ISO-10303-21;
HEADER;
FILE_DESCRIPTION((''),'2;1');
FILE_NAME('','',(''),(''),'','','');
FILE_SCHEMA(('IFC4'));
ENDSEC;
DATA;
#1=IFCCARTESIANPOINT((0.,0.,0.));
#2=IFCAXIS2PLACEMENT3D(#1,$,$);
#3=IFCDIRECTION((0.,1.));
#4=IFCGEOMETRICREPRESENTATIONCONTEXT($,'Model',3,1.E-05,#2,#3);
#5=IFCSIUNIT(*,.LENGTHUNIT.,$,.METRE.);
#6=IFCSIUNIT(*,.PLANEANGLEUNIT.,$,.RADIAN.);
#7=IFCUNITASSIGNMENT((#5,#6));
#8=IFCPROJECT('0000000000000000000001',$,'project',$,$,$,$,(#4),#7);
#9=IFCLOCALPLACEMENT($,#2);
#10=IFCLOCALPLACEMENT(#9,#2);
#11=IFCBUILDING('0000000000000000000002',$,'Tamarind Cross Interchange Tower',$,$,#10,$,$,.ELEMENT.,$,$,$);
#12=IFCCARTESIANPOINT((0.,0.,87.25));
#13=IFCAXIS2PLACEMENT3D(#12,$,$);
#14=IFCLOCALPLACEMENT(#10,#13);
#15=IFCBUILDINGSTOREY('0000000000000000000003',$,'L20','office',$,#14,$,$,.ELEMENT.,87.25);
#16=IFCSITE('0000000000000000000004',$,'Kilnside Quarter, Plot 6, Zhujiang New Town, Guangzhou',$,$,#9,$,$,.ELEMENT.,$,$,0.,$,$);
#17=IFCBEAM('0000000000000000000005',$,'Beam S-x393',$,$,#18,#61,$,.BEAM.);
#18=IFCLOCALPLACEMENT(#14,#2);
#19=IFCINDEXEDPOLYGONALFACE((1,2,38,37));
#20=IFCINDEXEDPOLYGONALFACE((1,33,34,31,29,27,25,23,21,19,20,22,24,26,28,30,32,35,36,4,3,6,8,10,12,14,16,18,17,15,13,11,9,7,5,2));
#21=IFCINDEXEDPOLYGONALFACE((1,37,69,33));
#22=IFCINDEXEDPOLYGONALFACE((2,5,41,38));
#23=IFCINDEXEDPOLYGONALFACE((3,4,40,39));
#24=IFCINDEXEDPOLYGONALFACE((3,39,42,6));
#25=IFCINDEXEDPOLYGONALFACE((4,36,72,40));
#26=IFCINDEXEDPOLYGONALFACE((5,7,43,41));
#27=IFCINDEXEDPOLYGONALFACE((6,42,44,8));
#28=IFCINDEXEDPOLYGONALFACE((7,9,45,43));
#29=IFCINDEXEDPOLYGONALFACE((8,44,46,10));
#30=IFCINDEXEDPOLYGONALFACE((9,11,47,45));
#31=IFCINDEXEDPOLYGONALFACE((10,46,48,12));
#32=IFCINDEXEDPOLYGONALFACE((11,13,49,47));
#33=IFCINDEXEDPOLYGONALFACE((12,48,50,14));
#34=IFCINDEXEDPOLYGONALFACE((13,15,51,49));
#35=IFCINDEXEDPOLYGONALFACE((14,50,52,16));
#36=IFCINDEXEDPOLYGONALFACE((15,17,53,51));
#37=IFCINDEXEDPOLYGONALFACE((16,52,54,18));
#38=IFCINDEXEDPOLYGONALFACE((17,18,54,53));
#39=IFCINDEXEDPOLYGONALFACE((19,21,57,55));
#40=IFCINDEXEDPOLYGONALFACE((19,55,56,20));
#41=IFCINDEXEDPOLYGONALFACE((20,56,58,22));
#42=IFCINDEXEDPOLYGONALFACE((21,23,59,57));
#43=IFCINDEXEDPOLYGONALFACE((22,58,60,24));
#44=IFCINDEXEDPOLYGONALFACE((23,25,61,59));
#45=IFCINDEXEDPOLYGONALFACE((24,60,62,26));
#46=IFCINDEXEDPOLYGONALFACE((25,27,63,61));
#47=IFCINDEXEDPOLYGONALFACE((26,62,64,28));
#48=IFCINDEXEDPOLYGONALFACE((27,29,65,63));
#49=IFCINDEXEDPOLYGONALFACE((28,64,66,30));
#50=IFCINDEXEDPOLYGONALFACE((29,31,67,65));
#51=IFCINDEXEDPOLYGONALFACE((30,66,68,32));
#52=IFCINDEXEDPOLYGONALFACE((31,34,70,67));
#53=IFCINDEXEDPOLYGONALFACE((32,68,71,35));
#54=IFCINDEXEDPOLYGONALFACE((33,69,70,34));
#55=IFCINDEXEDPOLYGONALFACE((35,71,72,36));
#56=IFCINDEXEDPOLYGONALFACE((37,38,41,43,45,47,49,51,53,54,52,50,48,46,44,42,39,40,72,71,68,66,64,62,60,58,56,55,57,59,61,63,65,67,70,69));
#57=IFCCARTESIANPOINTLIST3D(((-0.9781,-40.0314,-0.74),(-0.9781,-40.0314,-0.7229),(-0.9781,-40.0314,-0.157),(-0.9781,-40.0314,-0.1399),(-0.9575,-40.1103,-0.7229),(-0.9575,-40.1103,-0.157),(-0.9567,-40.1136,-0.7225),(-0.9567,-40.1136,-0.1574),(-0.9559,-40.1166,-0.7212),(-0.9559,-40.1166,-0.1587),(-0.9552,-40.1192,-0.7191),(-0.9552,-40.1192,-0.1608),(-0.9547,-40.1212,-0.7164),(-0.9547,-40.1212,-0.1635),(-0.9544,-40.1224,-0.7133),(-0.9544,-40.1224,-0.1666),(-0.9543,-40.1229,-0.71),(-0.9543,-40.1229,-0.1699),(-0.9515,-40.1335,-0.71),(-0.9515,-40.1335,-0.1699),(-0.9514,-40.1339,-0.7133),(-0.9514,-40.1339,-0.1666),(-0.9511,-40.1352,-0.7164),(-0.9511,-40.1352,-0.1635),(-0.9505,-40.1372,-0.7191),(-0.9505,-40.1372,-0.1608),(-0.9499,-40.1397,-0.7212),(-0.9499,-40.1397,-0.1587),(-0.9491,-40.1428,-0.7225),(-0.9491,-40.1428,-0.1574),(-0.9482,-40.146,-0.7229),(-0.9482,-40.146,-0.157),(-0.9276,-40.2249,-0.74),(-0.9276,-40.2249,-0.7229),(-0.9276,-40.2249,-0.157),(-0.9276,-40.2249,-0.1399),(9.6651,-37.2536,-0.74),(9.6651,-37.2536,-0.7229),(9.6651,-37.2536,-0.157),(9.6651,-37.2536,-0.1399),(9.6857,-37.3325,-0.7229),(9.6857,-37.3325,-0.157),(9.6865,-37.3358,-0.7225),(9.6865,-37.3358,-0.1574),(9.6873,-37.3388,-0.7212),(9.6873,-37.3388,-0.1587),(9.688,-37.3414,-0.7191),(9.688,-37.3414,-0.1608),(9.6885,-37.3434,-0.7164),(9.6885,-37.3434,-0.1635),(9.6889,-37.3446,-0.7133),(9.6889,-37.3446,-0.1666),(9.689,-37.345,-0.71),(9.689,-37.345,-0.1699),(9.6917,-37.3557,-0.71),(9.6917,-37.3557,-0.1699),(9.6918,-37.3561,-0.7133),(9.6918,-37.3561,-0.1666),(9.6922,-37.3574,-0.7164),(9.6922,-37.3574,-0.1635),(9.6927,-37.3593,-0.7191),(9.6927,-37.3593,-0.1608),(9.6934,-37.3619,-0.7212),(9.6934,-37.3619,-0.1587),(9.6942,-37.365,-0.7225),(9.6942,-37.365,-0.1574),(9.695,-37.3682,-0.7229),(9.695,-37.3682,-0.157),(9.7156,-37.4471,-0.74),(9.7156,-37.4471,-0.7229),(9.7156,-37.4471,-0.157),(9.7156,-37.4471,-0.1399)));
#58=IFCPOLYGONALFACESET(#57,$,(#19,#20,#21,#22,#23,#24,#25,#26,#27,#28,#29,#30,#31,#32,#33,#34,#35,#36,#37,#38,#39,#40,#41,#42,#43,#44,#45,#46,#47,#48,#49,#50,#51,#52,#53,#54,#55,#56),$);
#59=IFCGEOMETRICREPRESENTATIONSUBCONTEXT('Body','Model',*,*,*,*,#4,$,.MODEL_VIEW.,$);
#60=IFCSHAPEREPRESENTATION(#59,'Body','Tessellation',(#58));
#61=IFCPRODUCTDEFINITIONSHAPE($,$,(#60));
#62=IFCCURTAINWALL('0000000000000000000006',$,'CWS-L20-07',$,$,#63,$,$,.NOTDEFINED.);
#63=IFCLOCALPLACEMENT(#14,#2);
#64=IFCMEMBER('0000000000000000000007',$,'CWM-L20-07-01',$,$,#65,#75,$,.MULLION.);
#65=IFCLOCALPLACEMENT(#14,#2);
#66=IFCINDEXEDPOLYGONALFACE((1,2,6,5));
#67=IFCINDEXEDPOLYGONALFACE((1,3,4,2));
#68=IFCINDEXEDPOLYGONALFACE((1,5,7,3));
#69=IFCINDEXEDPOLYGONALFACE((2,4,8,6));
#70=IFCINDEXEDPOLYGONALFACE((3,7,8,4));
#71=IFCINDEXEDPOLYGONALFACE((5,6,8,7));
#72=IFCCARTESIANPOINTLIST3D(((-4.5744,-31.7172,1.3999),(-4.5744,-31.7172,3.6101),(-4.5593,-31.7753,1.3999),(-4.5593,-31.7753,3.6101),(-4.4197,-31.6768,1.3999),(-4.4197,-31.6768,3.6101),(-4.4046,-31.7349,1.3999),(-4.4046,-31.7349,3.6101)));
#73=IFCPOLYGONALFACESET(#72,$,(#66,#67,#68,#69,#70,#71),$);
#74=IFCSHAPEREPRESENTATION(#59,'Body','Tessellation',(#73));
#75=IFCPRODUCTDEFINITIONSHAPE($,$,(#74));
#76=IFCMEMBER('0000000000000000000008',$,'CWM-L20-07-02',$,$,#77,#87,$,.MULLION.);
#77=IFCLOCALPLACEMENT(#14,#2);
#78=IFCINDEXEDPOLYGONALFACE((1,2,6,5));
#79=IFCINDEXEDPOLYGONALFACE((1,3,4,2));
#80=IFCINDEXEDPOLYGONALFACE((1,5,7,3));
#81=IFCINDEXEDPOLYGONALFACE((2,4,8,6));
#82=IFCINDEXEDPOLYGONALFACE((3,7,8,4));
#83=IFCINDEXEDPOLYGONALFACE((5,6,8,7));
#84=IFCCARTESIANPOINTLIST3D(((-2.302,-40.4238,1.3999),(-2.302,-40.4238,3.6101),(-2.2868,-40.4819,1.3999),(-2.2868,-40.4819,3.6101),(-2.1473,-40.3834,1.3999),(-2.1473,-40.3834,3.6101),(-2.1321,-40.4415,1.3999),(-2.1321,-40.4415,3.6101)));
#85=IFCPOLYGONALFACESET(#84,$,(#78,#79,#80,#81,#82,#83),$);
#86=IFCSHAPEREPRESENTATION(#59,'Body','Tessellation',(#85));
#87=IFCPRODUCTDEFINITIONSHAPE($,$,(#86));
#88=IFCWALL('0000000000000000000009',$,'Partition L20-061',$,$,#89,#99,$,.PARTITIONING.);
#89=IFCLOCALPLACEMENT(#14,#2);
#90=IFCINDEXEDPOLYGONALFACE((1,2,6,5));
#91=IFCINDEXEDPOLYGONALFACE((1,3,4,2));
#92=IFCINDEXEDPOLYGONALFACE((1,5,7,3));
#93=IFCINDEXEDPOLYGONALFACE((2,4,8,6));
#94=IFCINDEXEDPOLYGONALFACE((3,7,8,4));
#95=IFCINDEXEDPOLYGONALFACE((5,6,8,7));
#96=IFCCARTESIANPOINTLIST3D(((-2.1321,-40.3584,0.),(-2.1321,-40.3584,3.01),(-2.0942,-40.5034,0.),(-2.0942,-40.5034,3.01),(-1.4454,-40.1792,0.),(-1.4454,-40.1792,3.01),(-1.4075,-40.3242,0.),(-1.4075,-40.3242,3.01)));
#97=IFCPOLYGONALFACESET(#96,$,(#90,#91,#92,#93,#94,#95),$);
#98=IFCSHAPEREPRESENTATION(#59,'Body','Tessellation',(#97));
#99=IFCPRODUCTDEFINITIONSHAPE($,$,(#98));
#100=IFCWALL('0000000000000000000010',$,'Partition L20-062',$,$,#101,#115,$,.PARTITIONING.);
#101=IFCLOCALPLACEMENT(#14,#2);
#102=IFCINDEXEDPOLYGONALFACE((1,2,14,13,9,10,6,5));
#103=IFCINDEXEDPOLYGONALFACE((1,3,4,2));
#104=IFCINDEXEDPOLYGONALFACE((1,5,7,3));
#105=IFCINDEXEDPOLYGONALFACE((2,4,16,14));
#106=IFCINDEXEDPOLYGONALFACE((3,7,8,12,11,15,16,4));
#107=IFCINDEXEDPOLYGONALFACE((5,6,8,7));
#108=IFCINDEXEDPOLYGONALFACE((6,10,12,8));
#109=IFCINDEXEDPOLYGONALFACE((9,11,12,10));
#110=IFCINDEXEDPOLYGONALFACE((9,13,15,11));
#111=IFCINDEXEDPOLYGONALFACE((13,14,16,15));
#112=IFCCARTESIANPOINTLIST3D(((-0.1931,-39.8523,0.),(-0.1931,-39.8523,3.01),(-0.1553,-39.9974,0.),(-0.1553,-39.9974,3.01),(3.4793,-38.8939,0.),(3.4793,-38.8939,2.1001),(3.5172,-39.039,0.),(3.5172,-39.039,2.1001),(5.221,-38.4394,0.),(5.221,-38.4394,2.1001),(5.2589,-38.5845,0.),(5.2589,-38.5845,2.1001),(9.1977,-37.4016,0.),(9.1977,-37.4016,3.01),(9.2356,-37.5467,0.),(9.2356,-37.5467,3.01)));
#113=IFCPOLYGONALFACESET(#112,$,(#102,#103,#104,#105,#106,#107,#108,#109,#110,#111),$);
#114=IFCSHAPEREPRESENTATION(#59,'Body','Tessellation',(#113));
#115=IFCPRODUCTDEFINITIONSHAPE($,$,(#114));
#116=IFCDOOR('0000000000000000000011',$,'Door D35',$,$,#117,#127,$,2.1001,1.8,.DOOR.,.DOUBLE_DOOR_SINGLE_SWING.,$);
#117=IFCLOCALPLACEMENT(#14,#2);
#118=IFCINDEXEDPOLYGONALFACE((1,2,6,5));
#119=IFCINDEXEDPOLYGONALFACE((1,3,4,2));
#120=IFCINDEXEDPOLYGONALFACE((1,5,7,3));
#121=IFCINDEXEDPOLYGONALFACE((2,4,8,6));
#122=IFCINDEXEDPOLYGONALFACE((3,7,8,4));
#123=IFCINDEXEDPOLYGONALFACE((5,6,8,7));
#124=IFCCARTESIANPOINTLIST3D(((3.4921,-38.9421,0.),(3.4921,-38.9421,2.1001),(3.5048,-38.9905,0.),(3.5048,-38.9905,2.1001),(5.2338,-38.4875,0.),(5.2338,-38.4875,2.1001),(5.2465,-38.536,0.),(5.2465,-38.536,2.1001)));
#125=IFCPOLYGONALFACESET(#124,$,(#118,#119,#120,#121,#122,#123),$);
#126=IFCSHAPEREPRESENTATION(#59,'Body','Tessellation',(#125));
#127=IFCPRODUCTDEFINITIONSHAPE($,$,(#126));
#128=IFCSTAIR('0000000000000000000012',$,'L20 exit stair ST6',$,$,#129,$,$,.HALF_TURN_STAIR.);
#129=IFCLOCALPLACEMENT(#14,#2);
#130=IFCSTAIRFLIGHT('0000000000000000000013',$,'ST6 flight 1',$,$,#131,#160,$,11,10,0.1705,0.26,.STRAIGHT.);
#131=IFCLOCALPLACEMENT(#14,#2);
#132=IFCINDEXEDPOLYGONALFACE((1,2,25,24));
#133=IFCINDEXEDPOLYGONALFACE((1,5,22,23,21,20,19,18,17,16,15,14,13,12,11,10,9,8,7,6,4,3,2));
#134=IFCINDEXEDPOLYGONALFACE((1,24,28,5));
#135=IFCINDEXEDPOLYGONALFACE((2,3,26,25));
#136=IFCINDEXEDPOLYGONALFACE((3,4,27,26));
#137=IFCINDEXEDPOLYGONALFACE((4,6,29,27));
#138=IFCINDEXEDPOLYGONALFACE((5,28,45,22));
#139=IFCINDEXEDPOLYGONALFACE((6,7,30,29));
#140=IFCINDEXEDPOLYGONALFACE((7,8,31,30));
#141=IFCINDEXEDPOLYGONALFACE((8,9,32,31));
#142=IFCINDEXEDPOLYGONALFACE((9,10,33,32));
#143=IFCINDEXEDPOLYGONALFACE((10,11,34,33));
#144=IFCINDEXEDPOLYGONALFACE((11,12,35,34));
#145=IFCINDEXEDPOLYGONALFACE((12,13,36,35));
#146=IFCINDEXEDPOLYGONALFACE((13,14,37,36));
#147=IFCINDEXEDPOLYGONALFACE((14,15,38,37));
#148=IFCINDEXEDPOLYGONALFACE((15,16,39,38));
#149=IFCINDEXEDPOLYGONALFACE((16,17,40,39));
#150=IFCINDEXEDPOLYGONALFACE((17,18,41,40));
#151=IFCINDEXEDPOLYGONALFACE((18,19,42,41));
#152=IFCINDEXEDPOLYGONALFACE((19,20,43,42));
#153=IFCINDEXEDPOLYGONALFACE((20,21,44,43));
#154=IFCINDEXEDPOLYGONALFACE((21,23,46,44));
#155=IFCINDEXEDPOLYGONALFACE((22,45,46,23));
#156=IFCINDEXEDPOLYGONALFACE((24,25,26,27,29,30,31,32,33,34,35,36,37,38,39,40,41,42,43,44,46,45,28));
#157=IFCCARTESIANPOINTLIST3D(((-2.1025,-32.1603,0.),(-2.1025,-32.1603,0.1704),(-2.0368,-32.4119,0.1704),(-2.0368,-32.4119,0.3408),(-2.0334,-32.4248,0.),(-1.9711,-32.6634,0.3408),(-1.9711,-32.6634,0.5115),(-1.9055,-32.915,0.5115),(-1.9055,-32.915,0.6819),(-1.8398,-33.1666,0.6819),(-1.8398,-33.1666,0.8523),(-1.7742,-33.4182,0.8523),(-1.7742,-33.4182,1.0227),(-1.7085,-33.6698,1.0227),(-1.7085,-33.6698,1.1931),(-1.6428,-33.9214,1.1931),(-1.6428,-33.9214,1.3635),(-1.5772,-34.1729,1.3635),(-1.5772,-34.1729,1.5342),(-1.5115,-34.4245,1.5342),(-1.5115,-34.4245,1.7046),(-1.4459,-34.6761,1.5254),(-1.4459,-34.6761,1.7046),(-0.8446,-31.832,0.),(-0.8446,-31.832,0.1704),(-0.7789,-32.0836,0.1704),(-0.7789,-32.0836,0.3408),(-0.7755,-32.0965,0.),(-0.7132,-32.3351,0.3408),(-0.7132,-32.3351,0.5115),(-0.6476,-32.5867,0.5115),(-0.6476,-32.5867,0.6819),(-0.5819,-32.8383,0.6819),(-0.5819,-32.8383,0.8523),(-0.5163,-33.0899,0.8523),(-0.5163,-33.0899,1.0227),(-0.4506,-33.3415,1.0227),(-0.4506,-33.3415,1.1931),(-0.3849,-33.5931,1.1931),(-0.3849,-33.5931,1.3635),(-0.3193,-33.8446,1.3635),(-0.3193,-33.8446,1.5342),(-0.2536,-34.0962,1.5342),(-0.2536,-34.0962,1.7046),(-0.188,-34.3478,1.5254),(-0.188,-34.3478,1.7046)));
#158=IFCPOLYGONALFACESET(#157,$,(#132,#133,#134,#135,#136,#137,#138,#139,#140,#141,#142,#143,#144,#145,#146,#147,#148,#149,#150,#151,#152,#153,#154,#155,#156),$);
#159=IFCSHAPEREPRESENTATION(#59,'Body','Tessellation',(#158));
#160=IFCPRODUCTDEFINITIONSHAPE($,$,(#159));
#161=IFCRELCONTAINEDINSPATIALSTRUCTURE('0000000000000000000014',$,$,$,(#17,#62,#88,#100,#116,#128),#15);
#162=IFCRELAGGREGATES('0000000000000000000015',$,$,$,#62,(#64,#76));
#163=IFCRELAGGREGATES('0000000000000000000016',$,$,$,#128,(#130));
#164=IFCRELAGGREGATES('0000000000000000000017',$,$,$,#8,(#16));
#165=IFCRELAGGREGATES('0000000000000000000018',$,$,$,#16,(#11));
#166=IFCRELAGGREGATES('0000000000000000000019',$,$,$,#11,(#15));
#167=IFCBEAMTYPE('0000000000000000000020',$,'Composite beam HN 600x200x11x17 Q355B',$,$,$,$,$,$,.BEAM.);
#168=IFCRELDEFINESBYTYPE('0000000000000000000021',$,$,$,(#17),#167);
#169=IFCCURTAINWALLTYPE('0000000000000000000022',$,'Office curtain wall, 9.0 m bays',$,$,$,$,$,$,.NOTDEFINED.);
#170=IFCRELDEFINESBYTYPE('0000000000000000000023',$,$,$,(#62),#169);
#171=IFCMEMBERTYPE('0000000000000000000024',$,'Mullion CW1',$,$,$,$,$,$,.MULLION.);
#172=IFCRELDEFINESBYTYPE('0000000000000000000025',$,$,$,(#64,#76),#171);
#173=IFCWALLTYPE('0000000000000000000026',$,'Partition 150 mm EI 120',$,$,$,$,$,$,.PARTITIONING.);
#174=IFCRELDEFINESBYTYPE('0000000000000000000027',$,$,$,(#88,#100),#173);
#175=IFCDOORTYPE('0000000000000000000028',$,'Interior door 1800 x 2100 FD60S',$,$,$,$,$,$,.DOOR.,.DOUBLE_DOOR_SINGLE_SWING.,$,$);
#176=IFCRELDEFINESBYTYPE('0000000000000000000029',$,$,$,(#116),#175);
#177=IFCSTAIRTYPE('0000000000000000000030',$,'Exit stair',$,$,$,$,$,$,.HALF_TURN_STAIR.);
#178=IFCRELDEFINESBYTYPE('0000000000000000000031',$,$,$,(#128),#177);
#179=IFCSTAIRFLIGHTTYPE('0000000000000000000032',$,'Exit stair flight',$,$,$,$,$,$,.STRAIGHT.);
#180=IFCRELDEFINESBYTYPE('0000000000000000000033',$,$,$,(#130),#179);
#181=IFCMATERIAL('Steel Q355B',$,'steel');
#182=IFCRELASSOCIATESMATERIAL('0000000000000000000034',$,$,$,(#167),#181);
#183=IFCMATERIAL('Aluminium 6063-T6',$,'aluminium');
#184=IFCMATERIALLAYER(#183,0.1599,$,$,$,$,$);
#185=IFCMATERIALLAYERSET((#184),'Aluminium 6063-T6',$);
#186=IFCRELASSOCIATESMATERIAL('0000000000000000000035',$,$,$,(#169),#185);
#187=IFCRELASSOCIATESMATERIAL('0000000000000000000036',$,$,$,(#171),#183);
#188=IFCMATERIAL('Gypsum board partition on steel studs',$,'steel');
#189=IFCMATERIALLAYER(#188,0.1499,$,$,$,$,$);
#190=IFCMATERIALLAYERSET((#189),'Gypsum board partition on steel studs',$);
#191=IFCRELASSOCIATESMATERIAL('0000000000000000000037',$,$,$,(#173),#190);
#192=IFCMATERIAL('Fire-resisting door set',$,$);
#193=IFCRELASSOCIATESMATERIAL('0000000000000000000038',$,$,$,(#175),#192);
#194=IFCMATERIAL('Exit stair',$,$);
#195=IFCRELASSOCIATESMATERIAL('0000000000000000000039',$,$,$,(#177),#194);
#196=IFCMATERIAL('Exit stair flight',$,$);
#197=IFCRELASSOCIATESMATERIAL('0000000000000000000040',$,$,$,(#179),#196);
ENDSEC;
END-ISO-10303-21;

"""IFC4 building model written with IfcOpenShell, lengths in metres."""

from ifc_helpers import new_model, si_unit, direction, frame, frame_2d, origin, origin_2d, place, context, subcontext, project, spatial, polyline, rectangle, i_section, outline, extrude, material, layer, layer_set, material_profile, profile_set, type_object, element, fill, aggregate, save


model = new_model("IFC4")

# Units and contexts
model_context = context("Model", 3, precision=1e-05, world=origin(), true_north=direction((0.0, 1.0)))
body_context = subcontext(model_context, "Body", "Model", "MODEL_VIEW")
ifc_project = project(units=[si_unit("LENGTHUNIT", "METRE"), si_unit("PLANEANGLEUNIT", "RADIAN")], contexts=[model_context])

# Site, building, storey
site_placement = place(None, origin())
site = spatial("IfcSite", under=ifc_project, at=site_placement, Name="Kilnside Quarter, Plot 6, Zhujiang New Town, Guangzhou", CompositionType="ELEMENT", RefElevation=0.0)
building_placement = place(site_placement, origin())
building = spatial("IfcBuilding", under=site, at=building_placement, Name="Tamarind Cross Interchange Tower", CompositionType="ELEMENT")
storey_placement = place(building_placement, frame((0.0, 0.0, 87.25)))
storey = spatial("IfcBuildingStorey", under=building, at=storey_placement, Name="L20", Description="office", CompositionType="ELEMENT", Elevation=87.25)

# Beam
ifc_material_1 = material(Name="Steel Q355B", Category="steel")
ifc_material_profile_1 = material_profile(ifc_material_1, i_section(OverallWidth=0.2, OverallDepth=0.6001, WebThickness=0.011, FlangeThickness=0.0171, FilletRadius=0.0129, at=origin_2d()), Name="HN 600x200x11x17")
ifc_profile_set_1 = profile_set([ifc_material_profile_1], Name="Steel Q355B")
beam_type_1 = type_object("IfcBeamType", Name="Composite beam HN 600x200x11x17 Q355B", PredefinedType="BEAM", material=ifc_profile_set_1)
for number, where, z_axis, x_axis, name in (
    (1, (-0.9529, -40.1282, -0.4399), (0.967588, 0.252534, 0.0), (-0.252534, 0.967588, 0.0), "Beam S-x393"),
):
    element("IfcBeam", number, at=place(storey_placement, frame(where, z_axis=z_axis, x_axis=x_axis)), inside=storey, type_object=beam_type_1, Name=name, PredefinedType="BEAM", context=body_context, shape_type="SweptSolid", body=[
        extrude(i_section(OverallWidth=0.2, OverallDepth=0.6001, WebThickness=0.011, FlangeThickness=0.0171, FilletRadius=0.0129, at=origin_2d()), origin(), (0.0, 0.0, 1.0), 10.9998),
    ])

# Curtain wall, members
ifc_material_2 = material(Name="Aluminium 6063-T6", Category="aluminium")
ifc_layer_1 = layer(ifc_material_2, 0.1599)
ifc_layer_set_1 = layer_set([ifc_layer_1], Name="Aluminium 6063-T6")
curtain_wall_type = type_object("IfcCurtainWallType", Name="Office curtain wall, 9.0 m bays", PredefinedType="NOTDEFINED", material=ifc_layer_set_1)
curtain_wall_placement = place(storey_placement, origin())
curtain_wall = element("IfcCurtainWall", 2, at=curtain_wall_placement, inside=storey, type_object=curtain_wall_type, Name="CWS-L20-07", PredefinedType="NOTDEFINED")
ifc_material_profile_2 = material_profile(ifc_material_2, rectangle(XDim=0.0601, YDim=0.1599, at=origin_2d()), Name="Mullion CW1")
ifc_profile_set_2 = profile_set([ifc_material_profile_2], Name="Aluminium 6063-T6")
member_type = type_object("IfcMemberType", Name="Mullion CW1", PredefinedType="MULLION", material=ifc_profile_set_2)
member_1_placement = place(storey_placement, frame((-4.4895, -31.7261, 1.3999), z_axis=(0.0, 0.0, 1.0), x_axis=(0.252529, -0.967589, 0.0)))
member_1 = element("IfcMember", 3, at=member_1_placement, type_object=member_type, Name="CWM-L20-07-01", PredefinedType="MULLION", context=body_context, shape_type="SweptSolid", body=[
    extrude(rectangle(XDim=0.0601, YDim=0.1599, at=origin_2d()), origin(), (0.0, 0.0, 1.0), 2.2102),
])
member_2_placement = place(storey_placement, frame((-2.217, -40.4326, 1.3999), z_axis=(0.0, 0.0, 1.0), x_axis=(0.252529, -0.967589, 0.0)))
member_2 = element("IfcMember", 4, at=member_2_placement, type_object=member_type, Name="CWM-L20-07-02", PredefinedType="MULLION", context=body_context, shape_type="SweptSolid", body=[
    extrude(rectangle(XDim=0.0601, YDim=0.1599, at=origin_2d()), origin(), (0.0, 0.0, 1.0), 2.2102),
])
aggregate(curtain_wall, [member_1, member_2])

# Wall
ifc_material_3 = material(Name="Gypsum board partition on steel studs", Category="steel")
ifc_layer_2 = layer(ifc_material_3, 0.1499)
ifc_layer_set_2 = layer_set([ifc_layer_2], Name="Gypsum board partition on steel studs")
wall_type = type_object("IfcWallType", Name="Partition 150 mm EI 120", PredefinedType="PARTITIONING", material=ifc_layer_set_2)
wall_1_placement = place(storey_placement, frame((-2.1133, -40.4309, 0.0), z_axis=(0.0, 0.0, 1.0), x_axis=(0.967603, 0.252478, 0.0)))
element("IfcWall", 5, at=wall_1_placement, inside=storey, type_object=wall_type, Name="Partition L20-061", PredefinedType="PARTITIONING", context=body_context, shape_type="SweptSolid", body=[
    extrude(rectangle(XDim=0.7097, YDim=0.1499, at=frame_2d((0.355, 0.0))), origin(), (0.0, 0.0, 1.0), 3.01),
])

# Wall, opening, door
wall_2_placement = place(storey_placement, frame((-0.1741, -39.9248, 0.0), z_axis=(0.0, 0.0, 1.0), x_axis=(0.967595, 0.252508, 0.0)))
wall_2 = element("IfcWall", 6, at=wall_2_placement, inside=storey, type_object=wall_type, Name="Partition L20-062", PredefinedType="PARTITIONING", context=body_context, shape_type="SweptSolid", body=[
    extrude(rectangle(XDim=9.7053, YDim=0.1499, at=frame_2d((4.8525, 0.0))), origin(), (0.0, 0.0, 1.0), 3.01),
])
opening_placement = place(wall_2_placement, frame((3.7954, 0.0, 0.0)))
opening = element("IfcOpeningElement", 7, at=opening_placement, cuts=wall_2, PredefinedType="OPENING", context=body_context, shape_type="SweptSolid", body=[
    extrude(rectangle(XDim=1.8, YDim=2.1001, at=frame_2d((0.8999, 1.05))), frame((0.0, 0.085, 0.0), z_axis=(0.0, -1.0, 0.0), x_axis=(1.0, 0.0, 0.0)), (0.0, 0.0, 1.0), 0.1699),
])
ifc_material_4 = material(Name="Fire-resisting door set")
door_type = type_object("IfcDoorType", Name="Interior door 1800 x 2100 FD60S", OperationType="DOUBLE_DOOR_SINGLE_SWING", PredefinedType="DOOR", material=ifc_material_4)
door_placement = place(opening_placement, frame((1.8, 0.0, 0.0), z_axis=(0.0, 0.0, 1.0), x_axis=(-1.0, 0.0, 0.0)))
door = element("IfcDoor", 8, at=door_placement, inside=storey, type_object=door_type, Name="Door D35", OperationType="DOUBLE_DOOR_SINGLE_SWING", OverallHeight=2.1001, OverallWidth=1.8, PredefinedType="DOOR", context=body_context, shape_type="SweptSolid", body=[
    extrude(rectangle(XDim=1.8, YDim=2.1001, at=frame_2d((0.8999, 1.05))), frame((0.0, 0.0249, 0.0), z_axis=(0.0, -1.0, 0.0), x_axis=(1.0, 0.0, 0.0)), (0.0, 0.0, 1.0), 0.05),
])
fill(opening, door)

# Stair, stair flight
ifc_material_5 = material(Name="Exit stair")
stair_type = type_object("IfcStairType", Name="Exit stair", PredefinedType="HALF_TURN_STAIR", material=ifc_material_5)
stair_placement = place(storey_placement, origin())
stair = element("IfcStair", 9, at=stair_placement, inside=storey, type_object=stair_type, Name="L20 exit stair ST6", PredefinedType="HALF_TURN_STAIR")
ifc_material_6 = material(Name="Exit stair flight")
stair_flight_type = type_object("IfcStairFlightType", Name="Exit stair flight", PredefinedType="STRAIGHT", material=ifc_material_6)
stair_flight_placement = place(storey_placement, frame((-1.4734, -31.9961, 0.0), z_axis=(0.0, 0.0, 1.0), x_axis=(0.252529, -0.967589, 0.0)))
stair_flight = element("IfcStairFlight", 10, at=stair_flight_placement, type_object=stair_flight_type, Name="ST6 flight 1", NumberOfRisers=11, NumberOfTreads=10, PredefinedType="STRAIGHT", RiserHeight=0.1705, TreadLength=0.26, context=body_context, shape_type="SweptSolid", body=[
    extrude(outline(polyline([(0.0, 0.0), (0.0, 0.1704), (0.26, 0.1704), (0.26, 0.3408), (0.52, 0.3408), (0.52, 0.5115), (0.78, 0.5115), (0.78, 0.6819), (1.04, 0.6819), (1.04, 0.8523), (1.3, 0.8523), (1.3, 1.0227), (1.5601, 1.0227), (1.5601, 1.1931), (1.8201, 1.1931), (1.8201, 1.3635), (2.0801, 1.3635), (2.0801, 1.5342), (2.3401, 1.5342), (2.3401, 1.7046), (2.6001, 1.7046), (2.6001, 1.875), (2.6001, 1.5254), (0.2734, 0.0), (0.0, 0.0)])), frame((0.0, 0.6499, 0.0), z_axis=(0.0, -1.0, 0.0), x_axis=(1.0, 0.0, 0.0)), (0.0, 0.0, 1.0), 1.3),
])
aggregate(stair, [stair_flight])

save(model, "model.ifc")
